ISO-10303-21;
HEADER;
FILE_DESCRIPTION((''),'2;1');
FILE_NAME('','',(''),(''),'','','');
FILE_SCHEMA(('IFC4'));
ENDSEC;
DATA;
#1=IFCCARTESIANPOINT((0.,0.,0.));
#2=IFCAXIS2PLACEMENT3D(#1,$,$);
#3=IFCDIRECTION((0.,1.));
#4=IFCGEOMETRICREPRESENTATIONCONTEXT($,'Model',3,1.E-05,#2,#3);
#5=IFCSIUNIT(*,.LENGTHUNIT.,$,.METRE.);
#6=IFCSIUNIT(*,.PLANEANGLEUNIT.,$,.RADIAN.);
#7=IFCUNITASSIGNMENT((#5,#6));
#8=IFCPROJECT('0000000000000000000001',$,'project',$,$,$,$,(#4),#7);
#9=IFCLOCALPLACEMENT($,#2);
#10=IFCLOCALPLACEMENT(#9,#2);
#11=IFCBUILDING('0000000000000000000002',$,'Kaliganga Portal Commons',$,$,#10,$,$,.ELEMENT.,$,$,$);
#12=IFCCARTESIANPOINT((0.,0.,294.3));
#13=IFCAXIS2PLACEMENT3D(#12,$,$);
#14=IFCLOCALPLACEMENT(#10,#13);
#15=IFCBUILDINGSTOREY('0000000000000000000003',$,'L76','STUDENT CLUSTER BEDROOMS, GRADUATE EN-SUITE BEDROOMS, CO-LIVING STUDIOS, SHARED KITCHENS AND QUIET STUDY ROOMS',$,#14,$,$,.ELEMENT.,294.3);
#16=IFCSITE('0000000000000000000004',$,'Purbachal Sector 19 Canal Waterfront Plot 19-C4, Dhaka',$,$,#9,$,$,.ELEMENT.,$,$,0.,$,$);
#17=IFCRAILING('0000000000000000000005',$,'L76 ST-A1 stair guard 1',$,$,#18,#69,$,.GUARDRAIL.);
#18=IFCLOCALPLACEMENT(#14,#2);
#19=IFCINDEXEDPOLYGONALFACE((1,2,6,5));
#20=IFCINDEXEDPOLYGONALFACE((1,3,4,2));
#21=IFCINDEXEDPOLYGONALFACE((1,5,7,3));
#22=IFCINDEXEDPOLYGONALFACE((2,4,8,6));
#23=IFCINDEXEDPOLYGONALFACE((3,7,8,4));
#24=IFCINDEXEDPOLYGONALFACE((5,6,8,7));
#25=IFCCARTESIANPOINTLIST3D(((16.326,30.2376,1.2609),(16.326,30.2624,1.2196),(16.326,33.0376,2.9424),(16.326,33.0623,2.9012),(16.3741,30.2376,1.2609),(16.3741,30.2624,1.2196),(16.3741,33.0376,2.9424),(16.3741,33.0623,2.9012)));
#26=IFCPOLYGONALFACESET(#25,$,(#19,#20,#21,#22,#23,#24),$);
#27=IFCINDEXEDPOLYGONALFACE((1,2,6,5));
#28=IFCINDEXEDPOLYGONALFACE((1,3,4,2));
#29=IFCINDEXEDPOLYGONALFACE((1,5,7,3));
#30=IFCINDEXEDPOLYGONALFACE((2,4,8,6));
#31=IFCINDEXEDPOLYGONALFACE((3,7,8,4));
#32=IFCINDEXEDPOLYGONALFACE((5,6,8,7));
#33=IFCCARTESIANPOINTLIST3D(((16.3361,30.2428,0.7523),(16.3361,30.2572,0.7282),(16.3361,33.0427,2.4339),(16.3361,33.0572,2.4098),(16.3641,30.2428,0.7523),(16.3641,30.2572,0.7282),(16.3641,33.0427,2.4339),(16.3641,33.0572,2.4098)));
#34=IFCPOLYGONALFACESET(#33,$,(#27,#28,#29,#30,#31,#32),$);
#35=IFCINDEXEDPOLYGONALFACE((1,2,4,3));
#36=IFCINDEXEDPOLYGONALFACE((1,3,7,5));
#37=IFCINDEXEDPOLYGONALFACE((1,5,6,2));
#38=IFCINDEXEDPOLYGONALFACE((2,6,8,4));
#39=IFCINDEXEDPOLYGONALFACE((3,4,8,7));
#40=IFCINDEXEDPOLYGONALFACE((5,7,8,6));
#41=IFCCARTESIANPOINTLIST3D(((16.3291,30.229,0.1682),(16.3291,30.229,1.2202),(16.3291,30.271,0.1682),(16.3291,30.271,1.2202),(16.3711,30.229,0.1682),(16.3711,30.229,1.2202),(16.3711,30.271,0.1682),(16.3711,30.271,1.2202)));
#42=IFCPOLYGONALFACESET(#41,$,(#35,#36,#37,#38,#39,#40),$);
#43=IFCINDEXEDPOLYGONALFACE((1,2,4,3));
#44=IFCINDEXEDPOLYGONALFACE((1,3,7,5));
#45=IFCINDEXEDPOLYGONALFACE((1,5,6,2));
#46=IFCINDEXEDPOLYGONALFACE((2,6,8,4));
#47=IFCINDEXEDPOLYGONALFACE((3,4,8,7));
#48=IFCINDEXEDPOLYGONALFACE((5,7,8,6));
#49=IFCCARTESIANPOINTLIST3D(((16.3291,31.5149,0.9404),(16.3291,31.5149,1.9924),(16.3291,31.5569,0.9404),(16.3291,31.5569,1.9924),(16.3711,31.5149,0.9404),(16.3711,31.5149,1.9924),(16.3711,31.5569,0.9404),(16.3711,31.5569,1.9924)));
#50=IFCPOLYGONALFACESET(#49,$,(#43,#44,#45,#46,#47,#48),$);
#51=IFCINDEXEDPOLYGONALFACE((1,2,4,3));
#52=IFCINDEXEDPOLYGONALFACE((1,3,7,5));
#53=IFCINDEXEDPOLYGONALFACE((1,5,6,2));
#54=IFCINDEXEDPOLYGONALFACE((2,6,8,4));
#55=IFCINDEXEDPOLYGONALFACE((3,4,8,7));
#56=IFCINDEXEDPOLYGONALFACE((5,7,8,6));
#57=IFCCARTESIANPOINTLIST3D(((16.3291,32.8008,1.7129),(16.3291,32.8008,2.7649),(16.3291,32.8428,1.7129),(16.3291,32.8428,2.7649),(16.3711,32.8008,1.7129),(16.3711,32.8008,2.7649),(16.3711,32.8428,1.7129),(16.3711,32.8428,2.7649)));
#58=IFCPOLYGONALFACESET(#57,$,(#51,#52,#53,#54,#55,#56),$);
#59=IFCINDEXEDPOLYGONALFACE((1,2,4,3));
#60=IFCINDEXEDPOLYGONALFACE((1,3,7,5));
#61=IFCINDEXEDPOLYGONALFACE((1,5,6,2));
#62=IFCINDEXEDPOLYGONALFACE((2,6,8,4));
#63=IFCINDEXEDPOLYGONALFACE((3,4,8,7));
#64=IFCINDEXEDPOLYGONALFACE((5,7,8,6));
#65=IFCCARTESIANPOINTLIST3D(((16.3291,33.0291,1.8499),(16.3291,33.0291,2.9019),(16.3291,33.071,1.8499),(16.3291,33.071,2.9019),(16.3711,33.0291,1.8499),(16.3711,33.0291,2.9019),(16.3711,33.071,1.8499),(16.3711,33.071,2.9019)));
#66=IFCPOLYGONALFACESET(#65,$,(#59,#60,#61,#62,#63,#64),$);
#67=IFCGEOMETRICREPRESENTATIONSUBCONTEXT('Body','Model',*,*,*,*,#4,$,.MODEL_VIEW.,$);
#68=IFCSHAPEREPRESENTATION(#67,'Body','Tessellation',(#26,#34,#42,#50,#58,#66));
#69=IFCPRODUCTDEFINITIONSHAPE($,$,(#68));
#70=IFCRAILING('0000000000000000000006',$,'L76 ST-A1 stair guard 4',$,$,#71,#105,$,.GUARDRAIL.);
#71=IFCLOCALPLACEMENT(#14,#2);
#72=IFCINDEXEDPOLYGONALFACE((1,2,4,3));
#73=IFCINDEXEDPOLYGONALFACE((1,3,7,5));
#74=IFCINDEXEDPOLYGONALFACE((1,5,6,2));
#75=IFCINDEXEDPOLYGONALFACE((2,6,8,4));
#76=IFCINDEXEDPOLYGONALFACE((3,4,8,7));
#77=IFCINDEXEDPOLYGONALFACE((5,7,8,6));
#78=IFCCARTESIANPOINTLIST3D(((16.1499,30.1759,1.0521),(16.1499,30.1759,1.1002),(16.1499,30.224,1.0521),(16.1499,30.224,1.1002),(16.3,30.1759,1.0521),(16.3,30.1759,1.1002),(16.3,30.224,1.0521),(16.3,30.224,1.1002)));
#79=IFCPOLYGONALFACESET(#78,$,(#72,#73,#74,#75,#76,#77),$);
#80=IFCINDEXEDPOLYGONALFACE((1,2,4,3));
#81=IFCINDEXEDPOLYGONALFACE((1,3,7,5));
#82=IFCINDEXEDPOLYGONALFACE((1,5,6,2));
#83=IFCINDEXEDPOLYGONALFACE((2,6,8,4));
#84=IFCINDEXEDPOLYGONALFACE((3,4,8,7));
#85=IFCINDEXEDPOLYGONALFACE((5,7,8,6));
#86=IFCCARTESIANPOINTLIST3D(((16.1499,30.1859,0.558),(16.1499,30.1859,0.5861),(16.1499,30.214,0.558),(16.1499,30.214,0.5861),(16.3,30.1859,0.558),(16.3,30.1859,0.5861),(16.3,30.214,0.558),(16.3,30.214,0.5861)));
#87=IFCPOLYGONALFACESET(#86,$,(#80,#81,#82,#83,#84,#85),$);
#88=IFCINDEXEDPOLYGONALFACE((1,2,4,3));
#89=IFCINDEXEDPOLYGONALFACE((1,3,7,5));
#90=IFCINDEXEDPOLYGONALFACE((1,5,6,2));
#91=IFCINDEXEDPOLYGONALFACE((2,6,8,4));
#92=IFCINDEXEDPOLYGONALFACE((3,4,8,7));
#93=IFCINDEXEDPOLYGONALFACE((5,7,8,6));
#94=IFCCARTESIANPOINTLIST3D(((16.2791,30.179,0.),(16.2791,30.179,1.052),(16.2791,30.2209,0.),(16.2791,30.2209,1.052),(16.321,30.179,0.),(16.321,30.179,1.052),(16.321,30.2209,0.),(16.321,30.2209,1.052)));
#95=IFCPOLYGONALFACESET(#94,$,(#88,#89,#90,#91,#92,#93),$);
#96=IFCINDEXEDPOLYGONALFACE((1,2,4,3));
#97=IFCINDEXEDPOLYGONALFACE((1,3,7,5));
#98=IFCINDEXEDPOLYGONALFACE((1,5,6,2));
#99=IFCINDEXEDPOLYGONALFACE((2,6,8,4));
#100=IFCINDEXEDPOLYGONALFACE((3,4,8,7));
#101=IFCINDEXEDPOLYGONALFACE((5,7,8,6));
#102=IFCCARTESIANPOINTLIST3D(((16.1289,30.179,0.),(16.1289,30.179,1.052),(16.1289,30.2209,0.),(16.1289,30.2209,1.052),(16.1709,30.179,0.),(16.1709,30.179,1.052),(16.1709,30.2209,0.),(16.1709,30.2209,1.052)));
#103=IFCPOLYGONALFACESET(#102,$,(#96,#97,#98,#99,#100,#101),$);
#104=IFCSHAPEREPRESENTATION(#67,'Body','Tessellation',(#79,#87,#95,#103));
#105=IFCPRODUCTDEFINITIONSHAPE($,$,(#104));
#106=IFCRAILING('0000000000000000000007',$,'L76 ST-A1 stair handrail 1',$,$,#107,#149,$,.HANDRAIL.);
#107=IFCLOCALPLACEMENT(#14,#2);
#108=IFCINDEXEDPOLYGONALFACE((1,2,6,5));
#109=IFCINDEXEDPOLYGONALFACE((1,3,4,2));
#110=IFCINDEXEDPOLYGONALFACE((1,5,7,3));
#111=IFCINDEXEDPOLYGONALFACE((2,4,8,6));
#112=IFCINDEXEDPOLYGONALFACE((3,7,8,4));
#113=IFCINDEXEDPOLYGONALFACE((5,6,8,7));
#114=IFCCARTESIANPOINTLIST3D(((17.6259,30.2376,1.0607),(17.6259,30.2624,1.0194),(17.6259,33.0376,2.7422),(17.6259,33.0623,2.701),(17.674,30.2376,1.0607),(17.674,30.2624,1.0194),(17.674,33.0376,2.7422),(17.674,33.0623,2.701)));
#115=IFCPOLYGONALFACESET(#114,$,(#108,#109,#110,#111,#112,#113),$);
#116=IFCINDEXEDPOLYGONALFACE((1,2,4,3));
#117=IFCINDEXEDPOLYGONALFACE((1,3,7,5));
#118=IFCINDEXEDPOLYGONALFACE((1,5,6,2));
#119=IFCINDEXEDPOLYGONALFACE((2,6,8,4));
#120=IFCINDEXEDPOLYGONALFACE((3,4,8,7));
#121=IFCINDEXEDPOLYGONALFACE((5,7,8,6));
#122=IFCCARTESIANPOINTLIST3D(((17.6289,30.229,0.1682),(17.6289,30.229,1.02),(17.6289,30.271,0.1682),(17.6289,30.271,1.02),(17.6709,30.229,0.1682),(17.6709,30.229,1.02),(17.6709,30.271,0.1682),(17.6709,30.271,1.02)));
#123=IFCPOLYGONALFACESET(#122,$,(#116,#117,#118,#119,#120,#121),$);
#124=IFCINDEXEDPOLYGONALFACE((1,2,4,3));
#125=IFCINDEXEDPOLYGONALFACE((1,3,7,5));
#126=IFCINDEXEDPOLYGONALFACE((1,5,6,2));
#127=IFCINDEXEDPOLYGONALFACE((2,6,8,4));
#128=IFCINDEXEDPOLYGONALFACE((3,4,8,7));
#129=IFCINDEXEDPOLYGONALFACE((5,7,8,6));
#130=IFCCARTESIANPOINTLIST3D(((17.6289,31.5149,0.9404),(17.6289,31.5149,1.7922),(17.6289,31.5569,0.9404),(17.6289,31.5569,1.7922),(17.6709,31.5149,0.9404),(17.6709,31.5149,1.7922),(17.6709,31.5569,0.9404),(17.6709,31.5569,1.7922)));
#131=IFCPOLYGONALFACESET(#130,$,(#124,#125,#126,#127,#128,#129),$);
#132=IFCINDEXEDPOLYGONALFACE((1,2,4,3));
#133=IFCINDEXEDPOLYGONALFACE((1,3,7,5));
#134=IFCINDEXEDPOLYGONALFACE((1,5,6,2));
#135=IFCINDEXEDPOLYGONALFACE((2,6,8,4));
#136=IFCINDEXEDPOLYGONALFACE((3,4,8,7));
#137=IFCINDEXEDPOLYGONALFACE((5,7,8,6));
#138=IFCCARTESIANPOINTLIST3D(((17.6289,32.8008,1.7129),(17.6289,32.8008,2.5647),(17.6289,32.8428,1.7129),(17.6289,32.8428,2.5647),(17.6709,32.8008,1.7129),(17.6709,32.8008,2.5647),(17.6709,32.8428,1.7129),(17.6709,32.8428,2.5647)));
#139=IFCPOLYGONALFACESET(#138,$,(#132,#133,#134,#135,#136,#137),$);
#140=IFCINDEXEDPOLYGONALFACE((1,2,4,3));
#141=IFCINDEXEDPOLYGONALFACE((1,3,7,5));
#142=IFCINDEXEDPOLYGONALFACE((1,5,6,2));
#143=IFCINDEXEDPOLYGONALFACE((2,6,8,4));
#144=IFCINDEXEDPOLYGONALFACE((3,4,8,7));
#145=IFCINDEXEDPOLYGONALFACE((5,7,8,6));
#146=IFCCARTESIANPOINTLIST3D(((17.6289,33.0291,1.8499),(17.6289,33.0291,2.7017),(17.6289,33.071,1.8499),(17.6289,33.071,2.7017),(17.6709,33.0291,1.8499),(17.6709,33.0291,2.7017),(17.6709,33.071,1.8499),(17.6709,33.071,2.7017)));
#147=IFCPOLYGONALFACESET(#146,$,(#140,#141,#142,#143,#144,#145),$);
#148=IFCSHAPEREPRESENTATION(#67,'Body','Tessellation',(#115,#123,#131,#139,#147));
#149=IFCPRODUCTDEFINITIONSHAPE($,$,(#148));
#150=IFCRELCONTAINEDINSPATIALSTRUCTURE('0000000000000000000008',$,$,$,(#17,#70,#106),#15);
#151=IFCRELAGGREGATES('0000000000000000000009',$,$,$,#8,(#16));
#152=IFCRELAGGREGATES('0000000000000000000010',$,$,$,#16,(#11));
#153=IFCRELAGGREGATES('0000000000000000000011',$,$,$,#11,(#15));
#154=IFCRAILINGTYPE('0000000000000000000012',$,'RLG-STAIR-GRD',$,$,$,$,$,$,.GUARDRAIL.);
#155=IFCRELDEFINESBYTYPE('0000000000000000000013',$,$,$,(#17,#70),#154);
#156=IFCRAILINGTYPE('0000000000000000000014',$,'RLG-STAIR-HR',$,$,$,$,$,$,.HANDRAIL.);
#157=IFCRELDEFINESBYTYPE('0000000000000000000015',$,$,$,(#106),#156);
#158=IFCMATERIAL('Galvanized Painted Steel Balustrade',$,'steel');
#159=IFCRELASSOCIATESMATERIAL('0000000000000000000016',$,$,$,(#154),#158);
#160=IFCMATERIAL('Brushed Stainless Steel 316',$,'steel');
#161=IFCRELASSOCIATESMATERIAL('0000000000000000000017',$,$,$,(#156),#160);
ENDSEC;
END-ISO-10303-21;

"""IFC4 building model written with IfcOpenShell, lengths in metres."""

from ifc_helpers import new_model, si_unit, direction, frame, origin, origin_2d, place, context, subcontext, project, spatial, rectangle, extrude, material, type_object, element, save


model = new_model("IFC4")

# Units and contexts
model_context = context("Model", 3, precision=1e-05, world=origin(), true_north=direction((0.0, 1.0)))
body_context = subcontext(model_context, "Body", "Model", "MODEL_VIEW")
ifc_project = project(units=[si_unit("LENGTHUNIT", "METRE"), si_unit("PLANEANGLEUNIT", "RADIAN")], contexts=[model_context])

# Site, building, storey
site_placement = place(None, origin())
site = spatial("IfcSite", under=ifc_project, at=site_placement, Name="Purbachal Sector 19 Canal Waterfront Plot 19-C4, Dhaka", CompositionType="ELEMENT", RefElevation=0.0)
building_placement = place(site_placement, origin())
building = spatial("IfcBuilding", under=site, at=building_placement, Name="Kaliganga Portal Commons", CompositionType="ELEMENT")
storey_placement = place(building_placement, frame((0.0, 0.0, 294.3)))
storey = spatial("IfcBuildingStorey", under=building, at=storey_placement, Name="L76", Description="STUDENT CLUSTER BEDROOMS, GRADUATE EN-SUITE BEDROOMS, CO-LIVING STUDIOS, SHARED KITCHENS AND QUIET STUDY ROOMS", CompositionType="ELEMENT", Elevation=294.3)

# Railings
ifc_material_1 = material(Name="Galvanized Painted Steel Balustrade", Category="steel")
railing_type_1 = type_object("IfcRailingType", Name="RLG-STAIR-GRD", PredefinedType="GUARDRAIL", material=ifc_material_1)
railing_1_placement = place(storey_placement, frame((16.3501, 30.25, 0.1682)))
element("IfcRailing", 1, at=railing_1_placement, inside=storey, type_object=railing_type_1, Name="L76 ST-A1 stair guard 1", PredefinedType="GUARDRAIL", context=body_context, shape_type="SweptSolid", body=[
    extrude(rectangle(XDim=0.0481, YDim=0.0481, at=origin_2d()), frame((0.0, 0.0, 1.072), z_axis=(0.0, 0.857275, 0.514858), x_axis=(-1.0, 0.0, 0.0)), (0.0, 0.0, 1.0), 3.2661),
    extrude(rectangle(XDim=0.0281, YDim=0.0281, at=origin_2d()), frame((0.0, 0.0, 0.572), z_axis=(0.0, 0.857275, 0.514858), x_axis=(-1.0, 0.0, 0.0)), (0.0, 0.0, 1.0), 3.2661),
    extrude(rectangle(XDim=0.042, YDim=0.042, at=origin_2d()), origin(), (0.0, 0.0, 1.0), 1.052),
    extrude(rectangle(XDim=0.042, YDim=0.042, at=origin_2d()), frame((0.0, 1.2859, 0.7722)), (0.0, 0.0, 1.0), 1.052),
    extrude(rectangle(XDim=0.042, YDim=0.042, at=origin_2d()), frame((0.0, 2.5718, 1.5447)), (0.0, 0.0, 1.0), 1.052),
    extrude(rectangle(XDim=0.042, YDim=0.042, at=origin_2d()), frame((0.0, 2.8, 1.6816)), (0.0, 0.0, 1.0), 1.052),
])
railing_2_placement = place(storey_placement, frame((16.3, 30.2, 0.0)))
element("IfcRailing", 2, at=railing_2_placement, inside=storey, type_object=railing_type_1, Name="L76 ST-A1 stair guard 4", PredefinedType="GUARDRAIL", context=body_context, shape_type="SweptSolid", body=[
    extrude(rectangle(XDim=0.0481, YDim=0.0481, at=origin_2d()), frame((0.0, 0.0, 1.0762), z_axis=(-1.0, 0.0, 0.0), x_axis=(0.0, -1.0, 0.0)), (0.0, 0.0, 1.0), 0.1501),
    extrude(rectangle(XDim=0.0281, YDim=0.0281, at=origin_2d()), frame((0.0, 0.0, 0.572), z_axis=(-1.0, 0.0, 0.0), x_axis=(0.0, -1.0, 0.0)), (0.0, 0.0, 1.0), 0.1501),
    extrude(rectangle(XDim=0.042, YDim=0.042, at=origin_2d()), origin(), (0.0, 0.0, 1.0), 1.052),
    extrude(rectangle(XDim=0.042, YDim=0.042, at=origin_2d()), frame((-0.1501, 0.0, 0.0)), (0.0, 0.0, 1.0), 1.052),
])
ifc_material_2 = material(Name="Brushed Stainless Steel 316", Category="steel")
railing_type_2 = type_object("IfcRailingType", Name="RLG-STAIR-HR", PredefinedType="HANDRAIL", material=ifc_material_2)
railing_3_placement = place(storey_placement, frame((17.6499, 30.25, 0.1682)))
element("IfcRailing", 3, at=railing_3_placement, inside=storey, type_object=railing_type_2, Name="L76 ST-A1 stair handrail 1", PredefinedType="HANDRAIL", context=body_context, shape_type="SweptSolid", body=[
    extrude(rectangle(XDim=0.0481, YDim=0.0481, at=origin_2d()), frame((0.0, 0.0, 0.8718), z_axis=(0.0, 0.857275, 0.514858), x_axis=(-1.0, 0.0, 0.0)), (0.0, 0.0, 1.0), 3.2661),
    extrude(rectangle(XDim=0.042, YDim=0.042, at=origin_2d()), origin(), (0.0, 0.0, 1.0), 0.8518),
    extrude(rectangle(XDim=0.042, YDim=0.042, at=origin_2d()), frame((0.0, 1.2859, 0.7722)), (0.0, 0.0, 1.0), 0.8518),
    extrude(rectangle(XDim=0.042, YDim=0.042, at=origin_2d()), frame((0.0, 2.5718, 1.5447)), (0.0, 0.0, 1.0), 0.8518),
    extrude(rectangle(XDim=0.042, YDim=0.042, at=origin_2d()), frame((0.0, 2.8, 1.6816)), (0.0, 0.0, 1.0), 0.8518),
])

save(model, "model.ifc")
